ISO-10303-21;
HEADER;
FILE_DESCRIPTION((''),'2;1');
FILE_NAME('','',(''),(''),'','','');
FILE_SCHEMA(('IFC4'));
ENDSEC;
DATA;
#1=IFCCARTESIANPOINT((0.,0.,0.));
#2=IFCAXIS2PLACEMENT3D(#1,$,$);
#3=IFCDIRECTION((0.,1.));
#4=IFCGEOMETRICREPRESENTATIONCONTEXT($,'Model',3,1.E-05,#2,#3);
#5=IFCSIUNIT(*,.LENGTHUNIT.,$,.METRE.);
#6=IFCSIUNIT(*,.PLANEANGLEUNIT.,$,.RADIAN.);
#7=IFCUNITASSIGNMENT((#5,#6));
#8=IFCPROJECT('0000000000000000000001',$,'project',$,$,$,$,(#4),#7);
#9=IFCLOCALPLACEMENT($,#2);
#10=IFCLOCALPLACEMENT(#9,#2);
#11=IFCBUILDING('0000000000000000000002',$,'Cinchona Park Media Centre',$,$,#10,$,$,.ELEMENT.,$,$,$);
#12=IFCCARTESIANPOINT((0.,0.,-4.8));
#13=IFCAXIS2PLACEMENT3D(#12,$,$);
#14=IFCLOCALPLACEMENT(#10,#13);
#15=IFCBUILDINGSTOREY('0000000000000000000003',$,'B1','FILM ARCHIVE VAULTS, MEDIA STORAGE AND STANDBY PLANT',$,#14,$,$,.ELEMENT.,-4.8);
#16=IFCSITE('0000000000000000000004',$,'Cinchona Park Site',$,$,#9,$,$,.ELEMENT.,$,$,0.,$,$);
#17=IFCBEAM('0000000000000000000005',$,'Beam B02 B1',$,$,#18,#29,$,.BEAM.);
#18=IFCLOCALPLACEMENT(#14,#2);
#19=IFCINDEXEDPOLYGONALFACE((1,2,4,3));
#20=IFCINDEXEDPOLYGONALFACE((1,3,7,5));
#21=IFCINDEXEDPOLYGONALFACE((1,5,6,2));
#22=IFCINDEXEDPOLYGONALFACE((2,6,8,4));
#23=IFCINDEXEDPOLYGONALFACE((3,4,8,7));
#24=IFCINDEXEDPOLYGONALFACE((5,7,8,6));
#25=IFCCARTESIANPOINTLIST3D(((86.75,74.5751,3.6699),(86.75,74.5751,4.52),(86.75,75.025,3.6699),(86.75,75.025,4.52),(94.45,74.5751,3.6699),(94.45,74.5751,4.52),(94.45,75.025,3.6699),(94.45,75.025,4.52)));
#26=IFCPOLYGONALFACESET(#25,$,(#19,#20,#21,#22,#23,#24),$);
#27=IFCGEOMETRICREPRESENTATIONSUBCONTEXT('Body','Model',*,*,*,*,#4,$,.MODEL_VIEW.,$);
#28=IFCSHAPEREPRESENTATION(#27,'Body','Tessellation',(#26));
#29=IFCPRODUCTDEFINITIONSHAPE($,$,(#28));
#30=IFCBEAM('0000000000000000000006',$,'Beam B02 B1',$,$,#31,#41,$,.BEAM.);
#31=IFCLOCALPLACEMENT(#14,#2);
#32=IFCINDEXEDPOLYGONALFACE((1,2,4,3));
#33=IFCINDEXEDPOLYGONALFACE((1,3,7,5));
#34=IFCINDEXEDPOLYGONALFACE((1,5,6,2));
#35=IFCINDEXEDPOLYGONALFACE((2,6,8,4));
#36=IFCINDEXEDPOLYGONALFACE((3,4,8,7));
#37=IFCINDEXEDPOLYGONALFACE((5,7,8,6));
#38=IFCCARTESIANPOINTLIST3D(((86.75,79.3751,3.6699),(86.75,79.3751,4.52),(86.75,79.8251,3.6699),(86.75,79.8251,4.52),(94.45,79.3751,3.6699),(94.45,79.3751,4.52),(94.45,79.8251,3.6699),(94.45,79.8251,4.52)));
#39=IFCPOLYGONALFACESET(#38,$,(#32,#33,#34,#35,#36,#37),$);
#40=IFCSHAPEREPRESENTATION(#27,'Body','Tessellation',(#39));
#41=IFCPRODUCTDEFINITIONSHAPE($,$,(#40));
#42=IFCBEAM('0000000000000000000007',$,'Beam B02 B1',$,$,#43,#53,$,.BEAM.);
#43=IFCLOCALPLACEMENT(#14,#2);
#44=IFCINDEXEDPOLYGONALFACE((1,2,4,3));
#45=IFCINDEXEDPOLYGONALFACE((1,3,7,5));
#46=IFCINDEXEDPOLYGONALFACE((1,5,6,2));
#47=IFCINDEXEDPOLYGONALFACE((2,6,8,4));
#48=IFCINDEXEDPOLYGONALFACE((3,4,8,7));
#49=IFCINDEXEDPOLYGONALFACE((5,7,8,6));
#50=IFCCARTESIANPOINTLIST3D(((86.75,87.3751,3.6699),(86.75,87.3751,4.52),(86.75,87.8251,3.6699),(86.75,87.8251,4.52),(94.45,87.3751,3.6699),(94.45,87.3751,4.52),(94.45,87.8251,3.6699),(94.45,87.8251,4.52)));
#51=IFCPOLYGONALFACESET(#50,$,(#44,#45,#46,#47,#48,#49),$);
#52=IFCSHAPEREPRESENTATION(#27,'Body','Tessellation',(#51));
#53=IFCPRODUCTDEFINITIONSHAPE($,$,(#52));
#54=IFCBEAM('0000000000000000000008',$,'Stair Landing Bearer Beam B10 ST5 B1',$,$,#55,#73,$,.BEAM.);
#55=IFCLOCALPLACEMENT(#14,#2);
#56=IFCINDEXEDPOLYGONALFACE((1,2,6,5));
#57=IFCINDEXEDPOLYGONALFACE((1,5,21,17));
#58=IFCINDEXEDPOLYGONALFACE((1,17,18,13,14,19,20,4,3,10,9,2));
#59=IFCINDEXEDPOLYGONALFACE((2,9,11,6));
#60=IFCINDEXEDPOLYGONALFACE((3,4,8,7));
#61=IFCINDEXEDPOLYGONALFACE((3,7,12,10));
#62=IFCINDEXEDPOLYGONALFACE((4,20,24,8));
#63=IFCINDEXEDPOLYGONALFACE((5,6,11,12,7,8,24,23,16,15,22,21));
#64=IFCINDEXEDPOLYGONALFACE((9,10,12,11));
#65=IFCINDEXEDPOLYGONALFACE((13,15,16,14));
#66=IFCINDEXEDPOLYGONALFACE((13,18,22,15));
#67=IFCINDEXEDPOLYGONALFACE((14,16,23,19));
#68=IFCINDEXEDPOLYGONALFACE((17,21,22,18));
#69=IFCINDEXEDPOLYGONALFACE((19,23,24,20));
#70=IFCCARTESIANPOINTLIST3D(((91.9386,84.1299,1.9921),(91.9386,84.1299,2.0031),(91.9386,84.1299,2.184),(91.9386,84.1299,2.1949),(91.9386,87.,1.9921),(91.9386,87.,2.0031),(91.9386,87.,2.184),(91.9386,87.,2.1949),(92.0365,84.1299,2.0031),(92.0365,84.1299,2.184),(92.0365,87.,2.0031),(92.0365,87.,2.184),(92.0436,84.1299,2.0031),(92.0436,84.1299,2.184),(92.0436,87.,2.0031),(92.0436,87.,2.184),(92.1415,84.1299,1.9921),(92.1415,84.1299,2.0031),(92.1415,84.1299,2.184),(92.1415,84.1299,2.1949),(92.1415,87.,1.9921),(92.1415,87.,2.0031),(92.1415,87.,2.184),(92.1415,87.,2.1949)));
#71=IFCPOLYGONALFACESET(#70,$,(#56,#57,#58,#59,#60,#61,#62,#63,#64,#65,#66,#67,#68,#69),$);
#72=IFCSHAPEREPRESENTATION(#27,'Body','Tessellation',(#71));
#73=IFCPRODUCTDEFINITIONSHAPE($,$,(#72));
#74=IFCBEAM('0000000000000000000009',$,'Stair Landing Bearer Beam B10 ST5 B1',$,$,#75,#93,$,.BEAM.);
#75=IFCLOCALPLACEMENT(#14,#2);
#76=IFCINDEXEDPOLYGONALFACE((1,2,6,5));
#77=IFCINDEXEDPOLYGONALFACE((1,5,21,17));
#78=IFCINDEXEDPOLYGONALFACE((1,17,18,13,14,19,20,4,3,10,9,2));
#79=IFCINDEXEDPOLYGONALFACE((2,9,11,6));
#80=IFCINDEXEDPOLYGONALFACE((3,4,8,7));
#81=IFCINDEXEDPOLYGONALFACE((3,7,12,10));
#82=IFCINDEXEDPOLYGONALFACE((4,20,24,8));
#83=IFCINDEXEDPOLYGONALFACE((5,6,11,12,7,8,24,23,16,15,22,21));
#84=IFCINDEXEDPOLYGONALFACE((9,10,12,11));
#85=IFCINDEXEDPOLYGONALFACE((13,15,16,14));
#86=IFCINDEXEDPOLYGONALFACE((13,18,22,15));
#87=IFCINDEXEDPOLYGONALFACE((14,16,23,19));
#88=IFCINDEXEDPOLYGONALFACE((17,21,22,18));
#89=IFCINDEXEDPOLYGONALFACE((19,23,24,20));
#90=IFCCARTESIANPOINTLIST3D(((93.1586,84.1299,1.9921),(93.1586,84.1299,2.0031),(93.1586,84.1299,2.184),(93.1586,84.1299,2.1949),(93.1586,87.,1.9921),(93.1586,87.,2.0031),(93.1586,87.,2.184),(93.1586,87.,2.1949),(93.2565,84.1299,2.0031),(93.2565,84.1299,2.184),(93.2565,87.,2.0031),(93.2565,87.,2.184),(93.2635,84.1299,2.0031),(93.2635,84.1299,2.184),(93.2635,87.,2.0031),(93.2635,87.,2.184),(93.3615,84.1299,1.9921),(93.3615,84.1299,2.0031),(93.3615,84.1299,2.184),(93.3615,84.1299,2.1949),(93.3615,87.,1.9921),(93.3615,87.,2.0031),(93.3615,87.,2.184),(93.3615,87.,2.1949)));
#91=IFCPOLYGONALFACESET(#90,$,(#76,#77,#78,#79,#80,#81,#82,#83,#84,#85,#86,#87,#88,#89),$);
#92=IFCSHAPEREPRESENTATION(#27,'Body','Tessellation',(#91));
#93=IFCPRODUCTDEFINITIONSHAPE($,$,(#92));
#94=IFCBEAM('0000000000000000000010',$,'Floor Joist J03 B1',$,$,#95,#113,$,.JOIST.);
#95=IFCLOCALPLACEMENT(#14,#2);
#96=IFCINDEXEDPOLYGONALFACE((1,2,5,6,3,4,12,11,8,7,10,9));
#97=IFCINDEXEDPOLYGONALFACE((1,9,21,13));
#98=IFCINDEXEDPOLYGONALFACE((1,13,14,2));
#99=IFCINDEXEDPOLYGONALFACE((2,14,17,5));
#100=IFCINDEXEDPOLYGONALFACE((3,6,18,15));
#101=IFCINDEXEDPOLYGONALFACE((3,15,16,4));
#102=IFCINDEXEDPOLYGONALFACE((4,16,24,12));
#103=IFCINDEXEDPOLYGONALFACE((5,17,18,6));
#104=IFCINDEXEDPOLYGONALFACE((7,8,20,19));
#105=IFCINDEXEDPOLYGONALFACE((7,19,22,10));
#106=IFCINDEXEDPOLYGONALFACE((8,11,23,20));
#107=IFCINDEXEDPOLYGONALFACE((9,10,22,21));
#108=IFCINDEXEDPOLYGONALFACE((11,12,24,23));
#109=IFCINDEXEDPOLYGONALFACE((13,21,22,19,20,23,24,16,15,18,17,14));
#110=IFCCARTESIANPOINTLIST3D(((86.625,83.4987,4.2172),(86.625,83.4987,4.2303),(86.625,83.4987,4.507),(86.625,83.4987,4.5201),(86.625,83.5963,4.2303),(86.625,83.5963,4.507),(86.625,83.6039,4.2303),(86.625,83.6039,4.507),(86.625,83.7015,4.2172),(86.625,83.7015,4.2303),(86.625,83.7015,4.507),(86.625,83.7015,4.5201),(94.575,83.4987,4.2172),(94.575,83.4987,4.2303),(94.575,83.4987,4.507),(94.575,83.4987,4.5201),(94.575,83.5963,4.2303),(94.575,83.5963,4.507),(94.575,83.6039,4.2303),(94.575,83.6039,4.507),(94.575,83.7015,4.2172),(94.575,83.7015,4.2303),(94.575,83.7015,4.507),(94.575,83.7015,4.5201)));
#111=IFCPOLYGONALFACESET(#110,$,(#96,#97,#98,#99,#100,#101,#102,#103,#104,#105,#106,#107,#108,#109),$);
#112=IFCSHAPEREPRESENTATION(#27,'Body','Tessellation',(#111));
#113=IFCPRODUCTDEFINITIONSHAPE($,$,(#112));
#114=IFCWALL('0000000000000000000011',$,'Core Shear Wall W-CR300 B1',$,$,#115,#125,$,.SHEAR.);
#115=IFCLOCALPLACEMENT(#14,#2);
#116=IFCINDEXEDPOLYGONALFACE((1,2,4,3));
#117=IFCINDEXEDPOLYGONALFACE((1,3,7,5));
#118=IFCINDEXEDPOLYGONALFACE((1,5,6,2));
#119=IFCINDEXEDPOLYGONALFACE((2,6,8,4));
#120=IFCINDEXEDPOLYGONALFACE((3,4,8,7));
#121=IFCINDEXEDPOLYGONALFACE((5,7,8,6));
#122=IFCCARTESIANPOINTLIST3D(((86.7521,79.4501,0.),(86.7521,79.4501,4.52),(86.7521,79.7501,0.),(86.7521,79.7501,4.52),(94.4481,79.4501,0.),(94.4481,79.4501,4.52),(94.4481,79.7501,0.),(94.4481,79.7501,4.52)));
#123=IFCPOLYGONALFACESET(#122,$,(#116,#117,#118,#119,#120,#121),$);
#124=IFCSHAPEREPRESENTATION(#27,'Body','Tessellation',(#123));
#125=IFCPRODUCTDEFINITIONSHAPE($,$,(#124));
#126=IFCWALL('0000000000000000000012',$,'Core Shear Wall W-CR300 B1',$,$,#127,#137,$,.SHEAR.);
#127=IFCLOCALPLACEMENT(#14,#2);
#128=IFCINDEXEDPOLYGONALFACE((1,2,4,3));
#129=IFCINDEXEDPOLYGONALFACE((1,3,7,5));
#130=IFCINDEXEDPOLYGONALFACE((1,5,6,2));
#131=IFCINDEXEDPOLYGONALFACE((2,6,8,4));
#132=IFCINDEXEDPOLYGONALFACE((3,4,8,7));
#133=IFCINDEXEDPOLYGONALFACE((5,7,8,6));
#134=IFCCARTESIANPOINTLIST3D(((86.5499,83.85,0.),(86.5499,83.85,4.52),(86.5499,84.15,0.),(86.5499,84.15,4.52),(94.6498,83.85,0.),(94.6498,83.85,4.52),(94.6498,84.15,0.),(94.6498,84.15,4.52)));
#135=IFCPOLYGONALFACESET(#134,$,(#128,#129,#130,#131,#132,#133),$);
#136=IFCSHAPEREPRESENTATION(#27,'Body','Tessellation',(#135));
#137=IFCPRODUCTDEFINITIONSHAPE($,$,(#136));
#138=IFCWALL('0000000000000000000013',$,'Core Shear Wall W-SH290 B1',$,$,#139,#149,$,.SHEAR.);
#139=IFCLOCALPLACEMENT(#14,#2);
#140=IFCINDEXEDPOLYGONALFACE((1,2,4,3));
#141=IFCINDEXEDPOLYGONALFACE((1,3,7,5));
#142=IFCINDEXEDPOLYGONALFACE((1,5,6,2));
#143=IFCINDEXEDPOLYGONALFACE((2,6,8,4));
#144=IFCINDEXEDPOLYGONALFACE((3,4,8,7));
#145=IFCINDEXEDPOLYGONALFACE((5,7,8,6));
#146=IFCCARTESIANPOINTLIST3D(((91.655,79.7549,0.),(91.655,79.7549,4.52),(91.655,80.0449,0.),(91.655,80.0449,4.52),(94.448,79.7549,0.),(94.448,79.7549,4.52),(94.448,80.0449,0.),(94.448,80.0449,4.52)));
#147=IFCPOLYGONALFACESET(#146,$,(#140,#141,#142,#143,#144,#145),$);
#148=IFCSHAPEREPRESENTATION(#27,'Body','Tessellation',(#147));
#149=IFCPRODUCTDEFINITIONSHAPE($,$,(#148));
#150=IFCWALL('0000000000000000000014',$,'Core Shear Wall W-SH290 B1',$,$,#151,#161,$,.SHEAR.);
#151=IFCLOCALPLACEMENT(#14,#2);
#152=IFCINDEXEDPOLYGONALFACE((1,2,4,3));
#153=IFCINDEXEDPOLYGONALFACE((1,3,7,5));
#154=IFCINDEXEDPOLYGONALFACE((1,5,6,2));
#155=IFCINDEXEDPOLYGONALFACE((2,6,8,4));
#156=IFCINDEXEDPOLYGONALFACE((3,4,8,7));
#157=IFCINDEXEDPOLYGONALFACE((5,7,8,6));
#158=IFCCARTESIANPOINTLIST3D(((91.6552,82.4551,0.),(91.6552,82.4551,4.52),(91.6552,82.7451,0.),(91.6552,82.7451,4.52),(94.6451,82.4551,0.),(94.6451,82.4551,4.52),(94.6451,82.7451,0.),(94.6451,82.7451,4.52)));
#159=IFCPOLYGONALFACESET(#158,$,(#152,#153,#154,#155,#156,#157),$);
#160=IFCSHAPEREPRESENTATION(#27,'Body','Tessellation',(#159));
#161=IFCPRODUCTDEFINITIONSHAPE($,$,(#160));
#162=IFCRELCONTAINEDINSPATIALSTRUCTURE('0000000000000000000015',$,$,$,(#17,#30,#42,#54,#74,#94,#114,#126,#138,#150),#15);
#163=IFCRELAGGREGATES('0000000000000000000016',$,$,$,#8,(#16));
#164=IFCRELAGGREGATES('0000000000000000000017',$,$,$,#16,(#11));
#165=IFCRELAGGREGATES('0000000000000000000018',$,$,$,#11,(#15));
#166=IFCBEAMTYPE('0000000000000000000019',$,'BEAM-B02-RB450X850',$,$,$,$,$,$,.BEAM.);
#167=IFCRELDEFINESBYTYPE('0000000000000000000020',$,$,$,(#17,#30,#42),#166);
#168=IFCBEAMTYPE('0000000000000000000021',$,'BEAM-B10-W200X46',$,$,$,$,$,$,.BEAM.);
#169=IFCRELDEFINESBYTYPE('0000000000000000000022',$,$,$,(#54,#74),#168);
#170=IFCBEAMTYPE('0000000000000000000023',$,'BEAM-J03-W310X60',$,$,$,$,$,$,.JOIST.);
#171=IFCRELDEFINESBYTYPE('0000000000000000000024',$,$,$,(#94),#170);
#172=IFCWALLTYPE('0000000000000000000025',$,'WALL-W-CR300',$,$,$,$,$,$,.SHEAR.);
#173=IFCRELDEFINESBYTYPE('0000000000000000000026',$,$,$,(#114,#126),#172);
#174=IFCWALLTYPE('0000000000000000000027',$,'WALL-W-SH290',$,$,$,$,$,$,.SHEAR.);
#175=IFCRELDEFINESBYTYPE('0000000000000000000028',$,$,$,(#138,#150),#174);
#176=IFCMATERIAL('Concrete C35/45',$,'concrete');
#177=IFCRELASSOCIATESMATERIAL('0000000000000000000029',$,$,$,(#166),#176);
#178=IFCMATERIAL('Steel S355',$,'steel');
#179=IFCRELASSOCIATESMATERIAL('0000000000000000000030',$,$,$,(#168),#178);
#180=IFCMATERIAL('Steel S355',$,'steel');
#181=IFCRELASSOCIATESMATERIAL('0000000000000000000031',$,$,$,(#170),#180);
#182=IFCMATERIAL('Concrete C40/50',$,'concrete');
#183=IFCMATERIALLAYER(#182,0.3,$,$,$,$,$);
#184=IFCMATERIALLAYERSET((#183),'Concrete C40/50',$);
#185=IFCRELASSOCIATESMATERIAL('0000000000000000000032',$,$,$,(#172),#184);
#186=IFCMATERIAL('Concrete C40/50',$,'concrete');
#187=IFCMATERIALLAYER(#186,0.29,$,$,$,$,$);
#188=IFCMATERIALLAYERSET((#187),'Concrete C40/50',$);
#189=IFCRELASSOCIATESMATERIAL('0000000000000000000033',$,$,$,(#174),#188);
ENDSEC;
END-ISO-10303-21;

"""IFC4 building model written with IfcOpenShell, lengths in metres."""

from ifc_helpers import new_model, si_unit, direction, frame, frame_2d, origin, origin_2d, place, context, subcontext, project, spatial, rectangle, i_section, extrude, material, layer, layer_set, material_profile, profile_set, type_object, element, save


model = new_model("IFC4")

# Units and contexts
model_context = context("Model", 3, precision=1e-05, world=origin(), true_north=direction((0.0, 1.0)))
body_context = subcontext(model_context, "Body", "Model", "MODEL_VIEW")
ifc_project = project(units=[si_unit("LENGTHUNIT", "METRE"), si_unit("PLANEANGLEUNIT", "RADIAN")], contexts=[model_context])

# Site, building, storey
site_placement = place(None, origin())
site = spatial("IfcSite", under=ifc_project, at=site_placement, Name="Cinchona Park Site", CompositionType="ELEMENT", RefElevation=0.0)
building_placement = place(site_placement, origin())
building = spatial("IfcBuilding", under=site, at=building_placement, Name="Cinchona Park Media Centre", CompositionType="ELEMENT")
storey_placement = place(building_placement, frame((0.0, 0.0, -4.8)))
storey = spatial("IfcBuildingStorey", under=building, at=storey_placement, Name="B1", Description="FILM ARCHIVE VAULTS, MEDIA STORAGE AND STANDBY PLANT", CompositionType="ELEMENT", Elevation=-4.8)

# Beams
ifc_material_1 = material(Name="Concrete C35/45", Category="concrete")
ifc_material_profile_1 = material_profile(ifc_material_1, rectangle(XDim=0.45, YDim=0.8501, at=origin_2d()), Name="RB 450X850")
ifc_profile_set_1 = profile_set([ifc_material_profile_1], Name="Concrete C35/45")
beam_type_1 = type_object("IfcBeamType", Name="BEAM-B02-RB450X850", PredefinedType="BEAM", material=ifc_profile_set_1)
for number, where, z_axis, x_axis, name in (
    (1, (86.75, 74.8, 4.095), (1.0, 0.0, 0.0), (0.0, 1.0, 0.0), "Beam B02 B1"),
    (2, (86.75, 79.6001, 4.095), (1.0, 0.0, 0.0), (0.0, 1.0, 0.0), "Beam B02 B1"),
    (3, (86.75, 87.6001, 4.095), (1.0, 0.0, 0.0), (0.0, 1.0, 0.0), "Beam B02 B1"),
):
    element("IfcBeam", number, at=place(storey_placement, frame(where, z_axis=z_axis, x_axis=x_axis)), inside=storey, type_object=beam_type_1, Name=name, PredefinedType="BEAM", context=body_context, shape_type="SweptSolid", body=[
        extrude(rectangle(XDim=0.45, YDim=0.8501, at=origin_2d()), origin(), (0.0, 0.0, 1.0), 7.7),
    ])
ifc_material_2 = material(Name="Steel S355", Category="steel")
ifc_material_profile_2 = material_profile(ifc_material_2, i_section(OverallWidth=0.2029, OverallDepth=0.2029, WebThickness=0.0071, FlangeThickness=0.011, at=origin_2d()), Name="W200X46")
ifc_profile_set_2 = profile_set([ifc_material_profile_2], Name="Steel S355")
beam_type_2 = type_object("IfcBeamType", Name="BEAM-B10-W200X46", PredefinedType="BEAM", material=ifc_profile_set_2)
for number, where, z_axis, x_axis, name in (
    (4, (92.04, 84.1299, 2.0935), (0.0, 1.0, 0.0), (-1.0, 0.0, 0.0), "Stair Landing Bearer Beam B10 ST5 B1"),
    (5, (93.26, 84.1299, 2.0935), (0.0, 1.0, 0.0), (-1.0, 0.0, 0.0), "Stair Landing Bearer Beam B10 ST5 B1"),
):
    element("IfcBeam", number, at=place(storey_placement, frame(where, z_axis=z_axis, x_axis=x_axis)), inside=storey, type_object=beam_type_2, Name=name, PredefinedType="BEAM", context=body_context, shape_type="SweptSolid", body=[
        extrude(i_section(OverallWidth=0.2029, OverallDepth=0.2029, WebThickness=0.0071, FlangeThickness=0.011, at=origin_2d()), origin(), (0.0, 0.0, 1.0), 2.8701),
    ])
ifc_material_3 = material(Name="Steel S355", Category="steel")
ifc_material_profile_3 = material_profile(ifc_material_3, i_section(OverallWidth=0.2029, OverallDepth=0.303, WebThickness=0.0076, FlangeThickness=0.0132, at=origin_2d()), Name="W310X60")
ifc_profile_set_3 = profile_set([ifc_material_profile_3], Name="Steel S355")
beam_type_3 = type_object("IfcBeamType", Name="BEAM-J03-W310X60", PredefinedType="JOIST", material=ifc_profile_set_3)
beam_placement = place(storey_placement, frame((86.625, 83.6001, 4.3687), z_axis=(1.0, 0.0, 0.0), x_axis=(0.0, 1.0, 0.0)))
element("IfcBeam", 6, at=beam_placement, inside=storey, type_object=beam_type_3, Name="Floor Joist J03 B1", PredefinedType="JOIST", context=body_context, shape_type="SweptSolid", body=[
    extrude(i_section(OverallWidth=0.2029, OverallDepth=0.303, WebThickness=0.0076, FlangeThickness=0.0132, at=origin_2d()), origin(), (0.0, 0.0, 1.0), 7.95),
])

# Walls
ifc_material_4 = material(Name="Concrete C40/50", Category="concrete")
ifc_layer_1 = layer(ifc_material_4, 0.3)
ifc_layer_set_1 = layer_set([ifc_layer_1], Name="Concrete C40/50")
wall_type_1 = type_object("IfcWallType", Name="WALL-W-CR300", PredefinedType="SHEAR", material=ifc_layer_set_1)
wall_1_placement = place(storey_placement, frame((86.752, 79.6001, 0.0), z_axis=(0.0, 0.0, 1.0), x_axis=(1.0, 0.0, 0.0)))
element("IfcWall", 7, at=wall_1_placement, inside=storey, type_object=wall_type_1, Name="Core Shear Wall W-CR300 B1", PredefinedType="SHEAR", context=body_context, shape_type="SweptSolid", body=[
    extrude(rectangle(XDim=7.696, YDim=0.3, at=frame_2d((3.8481, 0.0))), origin(), (0.0, 0.0, 1.0), 4.52),
])
wall_2_placement = place(storey_placement, frame((86.55, 84.0, 0.0), z_axis=(0.0, 0.0, 1.0), x_axis=(1.0, 0.0, 0.0)))
element("IfcWall", 8, at=wall_2_placement, inside=storey, type_object=wall_type_1, Name="Core Shear Wall W-CR300 B1", PredefinedType="SHEAR", context=body_context, shape_type="SweptSolid", body=[
    extrude(rectangle(XDim=8.0999, YDim=0.3, at=frame_2d((4.0498, 0.0))), origin(), (0.0, 0.0, 1.0), 4.52),
])
ifc_material_5 = material(Name="Concrete C40/50", Category="concrete")
ifc_layer_2 = layer(ifc_material_5, 0.29)
ifc_layer_set_2 = layer_set([ifc_layer_2], Name="Concrete C40/50")
wall_type_2 = type_object("IfcWallType", Name="WALL-W-SH290", PredefinedType="SHEAR", material=ifc_layer_set_2)
wall_3_placement = place(storey_placement, frame((91.655, 79.8999, 0.0), z_axis=(0.0, 0.0, 1.0), x_axis=(1.0, 0.0, 0.0)))
element("IfcWall", 9, at=wall_3_placement, inside=storey, type_object=wall_type_2, Name="Core Shear Wall W-SH290 B1", PredefinedType="SHEAR", context=body_context, shape_type="SweptSolid", body=[
    extrude(rectangle(XDim=2.793, YDim=0.29, at=frame_2d((1.3965, 0.0))), origin(), (0.0, 0.0, 1.0), 4.52),
])
wall_4_placement = place(storey_placement, frame((91.655, 82.6001, 0.0), z_axis=(0.0, 0.0, 1.0), x_axis=(1.0, 0.0, 0.0)))
element("IfcWall", 10, at=wall_4_placement, inside=storey, type_object=wall_type_2, Name="Core Shear Wall W-SH290 B1", PredefinedType="SHEAR", context=body_context, shape_type="SweptSolid", body=[
    extrude(rectangle(XDim=2.99, YDim=0.29, at=frame_2d((1.4951, 0.0))), origin(), (0.0, 0.0, 1.0), 4.52),
])

save(model, "model.ifc")
